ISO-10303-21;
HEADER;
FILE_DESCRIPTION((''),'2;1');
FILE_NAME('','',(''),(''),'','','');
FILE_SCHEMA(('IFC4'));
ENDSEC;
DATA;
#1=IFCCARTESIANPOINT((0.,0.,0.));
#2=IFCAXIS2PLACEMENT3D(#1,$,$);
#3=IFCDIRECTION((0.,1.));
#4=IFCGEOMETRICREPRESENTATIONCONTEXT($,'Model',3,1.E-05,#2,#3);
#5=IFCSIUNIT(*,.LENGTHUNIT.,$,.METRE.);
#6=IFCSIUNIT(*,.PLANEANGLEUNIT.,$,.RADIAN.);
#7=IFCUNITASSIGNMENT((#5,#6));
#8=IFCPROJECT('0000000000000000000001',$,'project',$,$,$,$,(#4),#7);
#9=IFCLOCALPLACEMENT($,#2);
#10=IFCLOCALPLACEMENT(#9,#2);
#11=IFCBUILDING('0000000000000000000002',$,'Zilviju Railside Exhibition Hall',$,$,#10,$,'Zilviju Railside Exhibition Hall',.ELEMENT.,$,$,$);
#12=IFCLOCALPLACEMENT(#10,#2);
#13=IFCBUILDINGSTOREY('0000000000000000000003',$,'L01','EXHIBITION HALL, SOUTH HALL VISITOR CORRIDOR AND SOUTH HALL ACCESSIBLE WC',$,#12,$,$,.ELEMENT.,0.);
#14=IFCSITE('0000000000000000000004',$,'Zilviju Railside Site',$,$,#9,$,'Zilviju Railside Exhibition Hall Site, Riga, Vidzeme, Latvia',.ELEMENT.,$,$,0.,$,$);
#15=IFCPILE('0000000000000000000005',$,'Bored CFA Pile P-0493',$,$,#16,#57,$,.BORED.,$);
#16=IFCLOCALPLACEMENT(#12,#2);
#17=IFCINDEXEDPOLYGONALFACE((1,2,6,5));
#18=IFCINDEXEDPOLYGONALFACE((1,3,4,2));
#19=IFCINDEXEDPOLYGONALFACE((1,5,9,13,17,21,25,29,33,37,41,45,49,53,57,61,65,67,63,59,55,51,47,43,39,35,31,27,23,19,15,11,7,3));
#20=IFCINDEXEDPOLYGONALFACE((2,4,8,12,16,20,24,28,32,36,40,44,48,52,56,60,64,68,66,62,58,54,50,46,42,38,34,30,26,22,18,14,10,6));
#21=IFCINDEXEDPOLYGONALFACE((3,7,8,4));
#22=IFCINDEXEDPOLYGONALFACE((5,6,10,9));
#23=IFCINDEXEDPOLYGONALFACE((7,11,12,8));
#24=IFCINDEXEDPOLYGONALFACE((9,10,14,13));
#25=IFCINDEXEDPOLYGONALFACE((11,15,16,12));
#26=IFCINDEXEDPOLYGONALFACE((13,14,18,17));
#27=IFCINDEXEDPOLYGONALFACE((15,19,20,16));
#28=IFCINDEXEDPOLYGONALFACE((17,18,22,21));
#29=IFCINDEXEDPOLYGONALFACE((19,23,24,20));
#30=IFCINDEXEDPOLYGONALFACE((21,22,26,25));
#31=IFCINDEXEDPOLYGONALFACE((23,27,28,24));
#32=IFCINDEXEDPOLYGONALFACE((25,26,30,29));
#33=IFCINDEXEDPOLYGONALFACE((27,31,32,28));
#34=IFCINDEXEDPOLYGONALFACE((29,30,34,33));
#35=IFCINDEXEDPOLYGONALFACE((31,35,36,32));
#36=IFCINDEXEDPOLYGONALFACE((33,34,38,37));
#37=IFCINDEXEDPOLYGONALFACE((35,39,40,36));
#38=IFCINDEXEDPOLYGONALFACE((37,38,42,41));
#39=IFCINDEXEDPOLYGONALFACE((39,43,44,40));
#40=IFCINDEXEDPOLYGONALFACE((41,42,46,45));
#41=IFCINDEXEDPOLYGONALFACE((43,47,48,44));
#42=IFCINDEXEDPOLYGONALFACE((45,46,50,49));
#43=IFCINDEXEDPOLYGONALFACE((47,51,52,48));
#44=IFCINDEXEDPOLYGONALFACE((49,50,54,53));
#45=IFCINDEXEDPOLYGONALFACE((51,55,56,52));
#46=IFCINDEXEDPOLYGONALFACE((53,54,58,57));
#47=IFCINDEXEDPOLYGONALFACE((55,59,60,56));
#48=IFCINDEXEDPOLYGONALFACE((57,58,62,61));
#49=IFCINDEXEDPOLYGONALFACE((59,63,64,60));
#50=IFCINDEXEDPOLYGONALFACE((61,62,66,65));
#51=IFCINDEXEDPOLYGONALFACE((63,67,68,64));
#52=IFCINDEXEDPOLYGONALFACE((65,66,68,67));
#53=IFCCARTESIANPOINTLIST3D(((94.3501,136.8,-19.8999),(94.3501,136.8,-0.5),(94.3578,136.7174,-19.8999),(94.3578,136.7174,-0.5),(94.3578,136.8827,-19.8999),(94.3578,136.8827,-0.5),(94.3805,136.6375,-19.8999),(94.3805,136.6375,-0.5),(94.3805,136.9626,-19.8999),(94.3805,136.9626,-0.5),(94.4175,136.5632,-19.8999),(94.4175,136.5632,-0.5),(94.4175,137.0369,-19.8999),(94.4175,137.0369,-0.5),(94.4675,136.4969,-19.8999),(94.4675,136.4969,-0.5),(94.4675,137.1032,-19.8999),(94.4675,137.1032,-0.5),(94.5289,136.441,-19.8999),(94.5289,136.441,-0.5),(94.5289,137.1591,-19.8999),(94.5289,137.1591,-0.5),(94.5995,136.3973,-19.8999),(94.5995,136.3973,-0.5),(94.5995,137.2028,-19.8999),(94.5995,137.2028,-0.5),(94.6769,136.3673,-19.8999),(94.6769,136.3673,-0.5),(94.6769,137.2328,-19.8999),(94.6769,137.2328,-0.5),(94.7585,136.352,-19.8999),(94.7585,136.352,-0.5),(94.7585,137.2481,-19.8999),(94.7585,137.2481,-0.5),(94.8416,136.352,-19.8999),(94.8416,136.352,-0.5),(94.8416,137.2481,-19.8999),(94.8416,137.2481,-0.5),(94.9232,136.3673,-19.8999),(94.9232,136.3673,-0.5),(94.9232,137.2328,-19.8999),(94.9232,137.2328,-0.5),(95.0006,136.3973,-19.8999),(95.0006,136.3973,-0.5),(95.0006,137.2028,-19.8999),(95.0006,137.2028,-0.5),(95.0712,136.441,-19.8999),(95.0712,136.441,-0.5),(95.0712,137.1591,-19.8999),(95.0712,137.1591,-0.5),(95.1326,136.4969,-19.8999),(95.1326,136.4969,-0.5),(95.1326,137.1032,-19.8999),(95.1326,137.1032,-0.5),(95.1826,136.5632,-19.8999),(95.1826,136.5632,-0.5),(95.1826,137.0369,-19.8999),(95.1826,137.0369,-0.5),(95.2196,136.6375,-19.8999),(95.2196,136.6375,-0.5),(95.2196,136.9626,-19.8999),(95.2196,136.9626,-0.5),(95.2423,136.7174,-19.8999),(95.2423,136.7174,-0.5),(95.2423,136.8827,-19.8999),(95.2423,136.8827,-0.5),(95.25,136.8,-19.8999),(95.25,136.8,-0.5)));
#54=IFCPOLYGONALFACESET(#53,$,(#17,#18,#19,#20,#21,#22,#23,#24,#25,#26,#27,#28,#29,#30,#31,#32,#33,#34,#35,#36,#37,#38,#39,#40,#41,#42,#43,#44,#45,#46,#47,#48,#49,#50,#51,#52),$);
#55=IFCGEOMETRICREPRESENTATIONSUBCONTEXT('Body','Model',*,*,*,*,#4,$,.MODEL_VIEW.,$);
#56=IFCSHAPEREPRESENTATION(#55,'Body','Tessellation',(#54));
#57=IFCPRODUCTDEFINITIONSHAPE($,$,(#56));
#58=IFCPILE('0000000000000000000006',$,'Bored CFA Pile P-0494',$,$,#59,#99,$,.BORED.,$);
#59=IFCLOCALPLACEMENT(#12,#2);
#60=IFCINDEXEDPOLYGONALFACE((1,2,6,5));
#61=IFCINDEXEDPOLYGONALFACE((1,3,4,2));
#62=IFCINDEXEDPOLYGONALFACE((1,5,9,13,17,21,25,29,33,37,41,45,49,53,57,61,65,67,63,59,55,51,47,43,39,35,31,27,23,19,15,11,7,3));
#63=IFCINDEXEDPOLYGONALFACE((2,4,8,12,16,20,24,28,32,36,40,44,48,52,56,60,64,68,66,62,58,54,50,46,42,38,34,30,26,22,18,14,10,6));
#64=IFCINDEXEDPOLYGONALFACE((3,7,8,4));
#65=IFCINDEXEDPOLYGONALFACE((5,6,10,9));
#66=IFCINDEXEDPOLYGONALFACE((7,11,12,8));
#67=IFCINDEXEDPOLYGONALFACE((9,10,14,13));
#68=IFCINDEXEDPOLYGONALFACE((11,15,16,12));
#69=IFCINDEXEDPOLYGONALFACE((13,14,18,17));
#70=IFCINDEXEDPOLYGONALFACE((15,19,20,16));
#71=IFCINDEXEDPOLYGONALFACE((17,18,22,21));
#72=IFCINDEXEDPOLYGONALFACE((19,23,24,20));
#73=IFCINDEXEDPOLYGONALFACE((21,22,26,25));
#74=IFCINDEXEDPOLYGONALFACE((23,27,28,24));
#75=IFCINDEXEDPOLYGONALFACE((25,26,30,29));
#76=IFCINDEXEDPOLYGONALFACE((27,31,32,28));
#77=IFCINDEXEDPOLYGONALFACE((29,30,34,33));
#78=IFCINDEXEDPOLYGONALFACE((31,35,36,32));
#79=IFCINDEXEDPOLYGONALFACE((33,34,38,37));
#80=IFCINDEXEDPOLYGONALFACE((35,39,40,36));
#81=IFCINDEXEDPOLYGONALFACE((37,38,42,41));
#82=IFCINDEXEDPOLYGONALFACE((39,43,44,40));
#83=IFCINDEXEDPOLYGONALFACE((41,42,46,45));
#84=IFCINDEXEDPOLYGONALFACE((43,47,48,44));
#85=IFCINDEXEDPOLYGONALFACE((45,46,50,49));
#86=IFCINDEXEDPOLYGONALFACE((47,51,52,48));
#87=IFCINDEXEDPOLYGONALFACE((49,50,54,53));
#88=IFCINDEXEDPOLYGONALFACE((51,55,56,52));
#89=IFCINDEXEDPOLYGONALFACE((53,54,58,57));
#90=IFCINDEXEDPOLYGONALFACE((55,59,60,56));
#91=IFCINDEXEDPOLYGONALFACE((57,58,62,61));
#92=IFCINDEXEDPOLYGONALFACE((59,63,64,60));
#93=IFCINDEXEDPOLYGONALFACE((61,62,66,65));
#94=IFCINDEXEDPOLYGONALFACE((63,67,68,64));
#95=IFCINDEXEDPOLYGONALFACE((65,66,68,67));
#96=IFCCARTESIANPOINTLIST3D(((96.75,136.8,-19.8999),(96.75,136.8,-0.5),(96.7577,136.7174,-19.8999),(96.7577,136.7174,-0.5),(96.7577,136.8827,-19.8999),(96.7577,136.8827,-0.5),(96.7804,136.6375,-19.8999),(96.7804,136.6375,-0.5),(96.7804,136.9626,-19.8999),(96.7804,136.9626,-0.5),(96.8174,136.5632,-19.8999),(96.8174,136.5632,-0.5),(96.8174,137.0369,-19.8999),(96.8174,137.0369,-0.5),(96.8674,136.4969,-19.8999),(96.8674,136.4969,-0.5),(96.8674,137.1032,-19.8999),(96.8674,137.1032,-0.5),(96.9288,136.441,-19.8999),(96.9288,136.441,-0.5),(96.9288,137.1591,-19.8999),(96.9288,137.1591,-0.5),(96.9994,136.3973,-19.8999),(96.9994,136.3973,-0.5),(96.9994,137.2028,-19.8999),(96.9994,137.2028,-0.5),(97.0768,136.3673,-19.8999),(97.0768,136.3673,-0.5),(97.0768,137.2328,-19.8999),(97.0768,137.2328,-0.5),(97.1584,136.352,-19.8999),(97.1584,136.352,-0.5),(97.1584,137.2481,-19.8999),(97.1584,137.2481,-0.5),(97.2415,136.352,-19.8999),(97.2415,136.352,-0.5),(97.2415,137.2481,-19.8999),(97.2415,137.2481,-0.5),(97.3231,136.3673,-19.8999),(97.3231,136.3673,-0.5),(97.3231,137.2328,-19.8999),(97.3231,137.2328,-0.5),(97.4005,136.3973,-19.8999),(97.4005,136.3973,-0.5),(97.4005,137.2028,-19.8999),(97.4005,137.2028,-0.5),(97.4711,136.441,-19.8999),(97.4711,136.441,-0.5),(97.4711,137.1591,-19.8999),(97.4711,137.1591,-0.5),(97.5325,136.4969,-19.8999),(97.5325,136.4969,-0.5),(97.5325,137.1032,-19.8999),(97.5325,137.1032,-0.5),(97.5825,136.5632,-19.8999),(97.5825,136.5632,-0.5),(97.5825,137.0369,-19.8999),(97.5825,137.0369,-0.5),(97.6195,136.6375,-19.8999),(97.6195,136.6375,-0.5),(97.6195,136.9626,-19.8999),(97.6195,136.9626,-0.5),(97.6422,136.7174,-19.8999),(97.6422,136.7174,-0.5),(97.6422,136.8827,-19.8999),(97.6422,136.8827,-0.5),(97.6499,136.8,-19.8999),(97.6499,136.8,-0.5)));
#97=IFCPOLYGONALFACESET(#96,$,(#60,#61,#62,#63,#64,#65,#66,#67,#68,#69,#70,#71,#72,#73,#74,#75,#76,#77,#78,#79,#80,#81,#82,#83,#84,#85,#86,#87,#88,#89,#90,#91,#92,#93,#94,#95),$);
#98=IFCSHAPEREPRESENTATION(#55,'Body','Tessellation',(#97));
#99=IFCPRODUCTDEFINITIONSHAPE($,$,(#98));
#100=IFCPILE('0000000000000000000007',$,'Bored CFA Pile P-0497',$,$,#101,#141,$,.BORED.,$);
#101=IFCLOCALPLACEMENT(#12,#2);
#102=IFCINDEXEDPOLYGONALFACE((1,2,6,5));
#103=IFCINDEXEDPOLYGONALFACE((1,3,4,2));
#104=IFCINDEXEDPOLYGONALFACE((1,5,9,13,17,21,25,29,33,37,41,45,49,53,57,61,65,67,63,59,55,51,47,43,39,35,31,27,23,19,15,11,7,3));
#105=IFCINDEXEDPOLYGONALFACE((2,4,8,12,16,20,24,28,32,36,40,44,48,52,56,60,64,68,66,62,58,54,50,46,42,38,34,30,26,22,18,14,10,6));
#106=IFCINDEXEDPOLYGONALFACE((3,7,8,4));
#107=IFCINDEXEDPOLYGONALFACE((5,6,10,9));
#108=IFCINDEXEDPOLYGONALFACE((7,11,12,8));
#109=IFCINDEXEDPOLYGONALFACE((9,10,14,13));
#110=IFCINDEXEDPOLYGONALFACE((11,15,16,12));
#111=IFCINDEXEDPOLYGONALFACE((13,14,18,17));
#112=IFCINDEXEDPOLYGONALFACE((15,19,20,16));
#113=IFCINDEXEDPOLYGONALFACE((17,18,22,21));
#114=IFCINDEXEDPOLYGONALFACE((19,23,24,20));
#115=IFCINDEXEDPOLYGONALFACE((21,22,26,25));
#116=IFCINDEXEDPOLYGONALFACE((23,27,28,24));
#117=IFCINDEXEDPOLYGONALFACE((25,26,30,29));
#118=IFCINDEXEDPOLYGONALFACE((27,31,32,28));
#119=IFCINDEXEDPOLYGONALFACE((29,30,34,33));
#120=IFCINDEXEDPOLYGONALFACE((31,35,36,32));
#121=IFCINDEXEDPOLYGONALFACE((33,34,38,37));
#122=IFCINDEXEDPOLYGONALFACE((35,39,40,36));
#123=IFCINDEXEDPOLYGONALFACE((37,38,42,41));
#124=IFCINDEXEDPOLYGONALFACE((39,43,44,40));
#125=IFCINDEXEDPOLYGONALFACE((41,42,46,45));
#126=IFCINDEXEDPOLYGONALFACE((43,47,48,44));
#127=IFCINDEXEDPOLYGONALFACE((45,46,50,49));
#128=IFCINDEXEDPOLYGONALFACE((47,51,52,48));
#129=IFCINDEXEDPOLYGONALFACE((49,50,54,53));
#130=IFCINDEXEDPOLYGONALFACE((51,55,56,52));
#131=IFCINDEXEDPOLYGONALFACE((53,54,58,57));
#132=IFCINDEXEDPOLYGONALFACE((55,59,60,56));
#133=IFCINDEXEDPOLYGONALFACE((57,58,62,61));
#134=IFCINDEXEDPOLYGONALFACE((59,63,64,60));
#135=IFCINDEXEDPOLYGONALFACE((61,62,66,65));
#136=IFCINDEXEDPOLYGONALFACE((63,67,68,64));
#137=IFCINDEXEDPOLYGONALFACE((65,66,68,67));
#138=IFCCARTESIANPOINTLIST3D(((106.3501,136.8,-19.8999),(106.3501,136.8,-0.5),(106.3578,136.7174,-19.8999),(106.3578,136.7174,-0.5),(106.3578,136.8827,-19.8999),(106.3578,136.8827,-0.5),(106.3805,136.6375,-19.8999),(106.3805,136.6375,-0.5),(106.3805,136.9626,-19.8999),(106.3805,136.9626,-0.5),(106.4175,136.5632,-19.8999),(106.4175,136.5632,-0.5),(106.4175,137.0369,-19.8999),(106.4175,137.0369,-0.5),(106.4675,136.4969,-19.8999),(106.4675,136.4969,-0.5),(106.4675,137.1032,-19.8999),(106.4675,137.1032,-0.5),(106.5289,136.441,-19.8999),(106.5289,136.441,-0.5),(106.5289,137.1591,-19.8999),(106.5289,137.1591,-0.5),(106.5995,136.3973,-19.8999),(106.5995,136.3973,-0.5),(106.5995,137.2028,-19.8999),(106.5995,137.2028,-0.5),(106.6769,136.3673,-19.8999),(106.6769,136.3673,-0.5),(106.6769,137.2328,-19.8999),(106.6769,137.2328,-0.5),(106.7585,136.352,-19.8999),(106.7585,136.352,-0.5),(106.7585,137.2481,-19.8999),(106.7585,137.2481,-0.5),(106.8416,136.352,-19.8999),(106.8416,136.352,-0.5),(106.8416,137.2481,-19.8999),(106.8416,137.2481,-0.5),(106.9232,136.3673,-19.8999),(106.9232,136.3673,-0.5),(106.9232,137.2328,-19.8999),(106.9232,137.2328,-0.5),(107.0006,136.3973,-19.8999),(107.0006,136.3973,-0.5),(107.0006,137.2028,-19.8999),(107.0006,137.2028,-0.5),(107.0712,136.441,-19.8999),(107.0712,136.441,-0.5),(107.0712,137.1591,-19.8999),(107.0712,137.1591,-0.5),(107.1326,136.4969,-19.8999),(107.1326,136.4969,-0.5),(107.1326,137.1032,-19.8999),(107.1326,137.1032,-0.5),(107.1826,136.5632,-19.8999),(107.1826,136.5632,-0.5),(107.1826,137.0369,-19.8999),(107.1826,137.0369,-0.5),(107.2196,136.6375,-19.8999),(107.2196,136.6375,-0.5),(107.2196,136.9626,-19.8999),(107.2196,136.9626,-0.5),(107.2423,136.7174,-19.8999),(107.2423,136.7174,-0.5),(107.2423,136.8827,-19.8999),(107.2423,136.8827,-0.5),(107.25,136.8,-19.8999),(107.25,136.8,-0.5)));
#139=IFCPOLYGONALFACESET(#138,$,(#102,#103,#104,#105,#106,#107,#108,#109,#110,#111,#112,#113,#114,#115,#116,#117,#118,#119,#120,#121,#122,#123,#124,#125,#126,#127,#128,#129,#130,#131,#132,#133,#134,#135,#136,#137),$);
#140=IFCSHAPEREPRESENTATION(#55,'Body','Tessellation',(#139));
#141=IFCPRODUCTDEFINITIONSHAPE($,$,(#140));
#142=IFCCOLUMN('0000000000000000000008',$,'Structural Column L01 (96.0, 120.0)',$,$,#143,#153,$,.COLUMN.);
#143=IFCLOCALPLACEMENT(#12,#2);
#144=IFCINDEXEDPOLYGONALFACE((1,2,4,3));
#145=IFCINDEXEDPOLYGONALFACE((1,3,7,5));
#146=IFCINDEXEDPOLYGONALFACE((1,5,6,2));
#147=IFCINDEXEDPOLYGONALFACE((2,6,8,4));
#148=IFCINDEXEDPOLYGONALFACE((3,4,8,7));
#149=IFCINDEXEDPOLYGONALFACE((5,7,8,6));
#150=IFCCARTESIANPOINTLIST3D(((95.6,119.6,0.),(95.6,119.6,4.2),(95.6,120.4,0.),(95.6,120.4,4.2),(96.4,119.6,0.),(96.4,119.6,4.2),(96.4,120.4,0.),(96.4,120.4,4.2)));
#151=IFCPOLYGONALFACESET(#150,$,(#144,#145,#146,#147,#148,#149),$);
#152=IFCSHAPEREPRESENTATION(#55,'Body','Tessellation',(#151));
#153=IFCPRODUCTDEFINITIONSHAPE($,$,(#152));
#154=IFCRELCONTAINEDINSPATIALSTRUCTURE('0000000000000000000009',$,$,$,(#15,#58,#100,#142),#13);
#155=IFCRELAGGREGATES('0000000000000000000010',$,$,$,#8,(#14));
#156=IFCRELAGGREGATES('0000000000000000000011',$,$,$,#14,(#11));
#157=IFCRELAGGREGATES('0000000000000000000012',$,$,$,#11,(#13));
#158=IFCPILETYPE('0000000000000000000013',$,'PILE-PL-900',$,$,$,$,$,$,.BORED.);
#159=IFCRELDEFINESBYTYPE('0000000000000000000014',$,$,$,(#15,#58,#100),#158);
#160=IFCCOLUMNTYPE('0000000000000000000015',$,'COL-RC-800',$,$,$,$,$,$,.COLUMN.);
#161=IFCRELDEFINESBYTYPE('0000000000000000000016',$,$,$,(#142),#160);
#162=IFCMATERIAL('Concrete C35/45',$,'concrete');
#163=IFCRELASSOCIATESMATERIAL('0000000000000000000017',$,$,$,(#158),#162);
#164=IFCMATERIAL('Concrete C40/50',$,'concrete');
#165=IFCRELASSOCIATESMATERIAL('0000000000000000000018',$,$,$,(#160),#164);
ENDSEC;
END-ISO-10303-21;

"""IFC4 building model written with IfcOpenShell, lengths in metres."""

from ifc_helpers import new_model, si_unit, direction, frame, origin, origin_2d, place, context, subcontext, project, spatial, rectangle, circle, extrude, material, material_profile, profile_set, type_object, element, save


model = new_model("IFC4")

# Units and contexts
model_context = context("Model", 3, precision=1e-05, world=origin(), true_north=direction((0.0, 1.0)))
body_context = subcontext(model_context, "Body", "Model", "MODEL_VIEW")
ifc_project = project(units=[si_unit("LENGTHUNIT", "METRE"), si_unit("PLANEANGLEUNIT", "RADIAN")], contexts=[model_context])

# Site, building, storey
site_placement = place(None, origin())
site = spatial("IfcSite", under=ifc_project, at=site_placement, Name="Zilviju Railside Site", LongName="Zilviju Railside Exhibition Hall Site, Riga, Vidzeme, Latvia", CompositionType="ELEMENT", RefElevation=0.0)
building_placement = place(site_placement, origin())
building = spatial("IfcBuilding", under=site, at=building_placement, Name="Zilviju Railside Exhibition Hall", LongName="Zilviju Railside Exhibition Hall", CompositionType="ELEMENT")
storey_placement = place(building_placement, origin())
storey = spatial("IfcBuildingStorey", under=building, at=storey_placement, Name="L01", Description="EXHIBITION HALL, SOUTH HALL VISITOR CORRIDOR AND SOUTH HALL ACCESSIBLE WC", CompositionType="ELEMENT", Elevation=0.0)

# Shared definitions
ifc_material_1 = material(Name="Concrete C35/45", Category="concrete")

# Piles
ifc_material_profile_1 = material_profile(ifc_material_1, circle(Radius=0.45, at=origin_2d()), Name="CFA PILE D900")
ifc_profile_set_1 = profile_set([ifc_material_profile_1], Name="Concrete C35/45")
pile_type = type_object("IfcPileType", Name="PILE-PL-900", PredefinedType="BORED", material=ifc_profile_set_1)
for number, where, z_axis, x_axis, name in (
    (1, (94.8, 136.8, -0.5), (0.0, 0.0, -1.0), (1.0, 0.0, 0.0), "Bored CFA Pile P-0493"),
    (2, (97.2, 136.8, -0.5), (0.0, 0.0, -1.0), (1.0, 0.0, 0.0), "Bored CFA Pile P-0494"),
    (3, (106.8, 136.8, -0.5), (0.0, 0.0, -1.0), (1.0, 0.0, 0.0), "Bored CFA Pile P-0497"),
):
    element("IfcPile", number, at=place(storey_placement, frame(where, z_axis=z_axis, x_axis=x_axis)), inside=storey, type_object=pile_type, Name=name, PredefinedType="BORED", context=body_context, shape_type="SweptSolid", body=[
        extrude(circle(Radius=0.45, at=origin_2d()), origin(), (0.0, 0.0, 1.0), 19.3999),
    ])

# Column
ifc_material_2 = material(Name="Concrete C40/50", Category="concrete")
ifc_material_profile_2 = material_profile(ifc_material_2, rectangle(XDim=0.8, YDim=0.8, at=origin_2d()), Name="RC COL 800x800")
ifc_profile_set_2 = profile_set([ifc_material_profile_2], Name="Concrete C40/50")
column_type = type_object("IfcColumnType", Name="COL-RC-800", PredefinedType="COLUMN", material=ifc_profile_set_2)
column_placement = place(storey_placement, frame((96.0, 120.0, 0.0), z_axis=(0.0, 0.0, 1.0), x_axis=(1.0, 0.0, 0.0)))
element("IfcColumn", 4, at=column_placement, inside=storey, type_object=column_type, Name="Structural Column L01 (96.0, 120.0)", PredefinedType="COLUMN", context=body_context, shape_type="SweptSolid", body=[
    extrude(rectangle(XDim=0.8, YDim=0.8, at=origin_2d()), origin(), (0.0, 0.0, 1.0), 4.2),
])

save(model, "model.ifc")
